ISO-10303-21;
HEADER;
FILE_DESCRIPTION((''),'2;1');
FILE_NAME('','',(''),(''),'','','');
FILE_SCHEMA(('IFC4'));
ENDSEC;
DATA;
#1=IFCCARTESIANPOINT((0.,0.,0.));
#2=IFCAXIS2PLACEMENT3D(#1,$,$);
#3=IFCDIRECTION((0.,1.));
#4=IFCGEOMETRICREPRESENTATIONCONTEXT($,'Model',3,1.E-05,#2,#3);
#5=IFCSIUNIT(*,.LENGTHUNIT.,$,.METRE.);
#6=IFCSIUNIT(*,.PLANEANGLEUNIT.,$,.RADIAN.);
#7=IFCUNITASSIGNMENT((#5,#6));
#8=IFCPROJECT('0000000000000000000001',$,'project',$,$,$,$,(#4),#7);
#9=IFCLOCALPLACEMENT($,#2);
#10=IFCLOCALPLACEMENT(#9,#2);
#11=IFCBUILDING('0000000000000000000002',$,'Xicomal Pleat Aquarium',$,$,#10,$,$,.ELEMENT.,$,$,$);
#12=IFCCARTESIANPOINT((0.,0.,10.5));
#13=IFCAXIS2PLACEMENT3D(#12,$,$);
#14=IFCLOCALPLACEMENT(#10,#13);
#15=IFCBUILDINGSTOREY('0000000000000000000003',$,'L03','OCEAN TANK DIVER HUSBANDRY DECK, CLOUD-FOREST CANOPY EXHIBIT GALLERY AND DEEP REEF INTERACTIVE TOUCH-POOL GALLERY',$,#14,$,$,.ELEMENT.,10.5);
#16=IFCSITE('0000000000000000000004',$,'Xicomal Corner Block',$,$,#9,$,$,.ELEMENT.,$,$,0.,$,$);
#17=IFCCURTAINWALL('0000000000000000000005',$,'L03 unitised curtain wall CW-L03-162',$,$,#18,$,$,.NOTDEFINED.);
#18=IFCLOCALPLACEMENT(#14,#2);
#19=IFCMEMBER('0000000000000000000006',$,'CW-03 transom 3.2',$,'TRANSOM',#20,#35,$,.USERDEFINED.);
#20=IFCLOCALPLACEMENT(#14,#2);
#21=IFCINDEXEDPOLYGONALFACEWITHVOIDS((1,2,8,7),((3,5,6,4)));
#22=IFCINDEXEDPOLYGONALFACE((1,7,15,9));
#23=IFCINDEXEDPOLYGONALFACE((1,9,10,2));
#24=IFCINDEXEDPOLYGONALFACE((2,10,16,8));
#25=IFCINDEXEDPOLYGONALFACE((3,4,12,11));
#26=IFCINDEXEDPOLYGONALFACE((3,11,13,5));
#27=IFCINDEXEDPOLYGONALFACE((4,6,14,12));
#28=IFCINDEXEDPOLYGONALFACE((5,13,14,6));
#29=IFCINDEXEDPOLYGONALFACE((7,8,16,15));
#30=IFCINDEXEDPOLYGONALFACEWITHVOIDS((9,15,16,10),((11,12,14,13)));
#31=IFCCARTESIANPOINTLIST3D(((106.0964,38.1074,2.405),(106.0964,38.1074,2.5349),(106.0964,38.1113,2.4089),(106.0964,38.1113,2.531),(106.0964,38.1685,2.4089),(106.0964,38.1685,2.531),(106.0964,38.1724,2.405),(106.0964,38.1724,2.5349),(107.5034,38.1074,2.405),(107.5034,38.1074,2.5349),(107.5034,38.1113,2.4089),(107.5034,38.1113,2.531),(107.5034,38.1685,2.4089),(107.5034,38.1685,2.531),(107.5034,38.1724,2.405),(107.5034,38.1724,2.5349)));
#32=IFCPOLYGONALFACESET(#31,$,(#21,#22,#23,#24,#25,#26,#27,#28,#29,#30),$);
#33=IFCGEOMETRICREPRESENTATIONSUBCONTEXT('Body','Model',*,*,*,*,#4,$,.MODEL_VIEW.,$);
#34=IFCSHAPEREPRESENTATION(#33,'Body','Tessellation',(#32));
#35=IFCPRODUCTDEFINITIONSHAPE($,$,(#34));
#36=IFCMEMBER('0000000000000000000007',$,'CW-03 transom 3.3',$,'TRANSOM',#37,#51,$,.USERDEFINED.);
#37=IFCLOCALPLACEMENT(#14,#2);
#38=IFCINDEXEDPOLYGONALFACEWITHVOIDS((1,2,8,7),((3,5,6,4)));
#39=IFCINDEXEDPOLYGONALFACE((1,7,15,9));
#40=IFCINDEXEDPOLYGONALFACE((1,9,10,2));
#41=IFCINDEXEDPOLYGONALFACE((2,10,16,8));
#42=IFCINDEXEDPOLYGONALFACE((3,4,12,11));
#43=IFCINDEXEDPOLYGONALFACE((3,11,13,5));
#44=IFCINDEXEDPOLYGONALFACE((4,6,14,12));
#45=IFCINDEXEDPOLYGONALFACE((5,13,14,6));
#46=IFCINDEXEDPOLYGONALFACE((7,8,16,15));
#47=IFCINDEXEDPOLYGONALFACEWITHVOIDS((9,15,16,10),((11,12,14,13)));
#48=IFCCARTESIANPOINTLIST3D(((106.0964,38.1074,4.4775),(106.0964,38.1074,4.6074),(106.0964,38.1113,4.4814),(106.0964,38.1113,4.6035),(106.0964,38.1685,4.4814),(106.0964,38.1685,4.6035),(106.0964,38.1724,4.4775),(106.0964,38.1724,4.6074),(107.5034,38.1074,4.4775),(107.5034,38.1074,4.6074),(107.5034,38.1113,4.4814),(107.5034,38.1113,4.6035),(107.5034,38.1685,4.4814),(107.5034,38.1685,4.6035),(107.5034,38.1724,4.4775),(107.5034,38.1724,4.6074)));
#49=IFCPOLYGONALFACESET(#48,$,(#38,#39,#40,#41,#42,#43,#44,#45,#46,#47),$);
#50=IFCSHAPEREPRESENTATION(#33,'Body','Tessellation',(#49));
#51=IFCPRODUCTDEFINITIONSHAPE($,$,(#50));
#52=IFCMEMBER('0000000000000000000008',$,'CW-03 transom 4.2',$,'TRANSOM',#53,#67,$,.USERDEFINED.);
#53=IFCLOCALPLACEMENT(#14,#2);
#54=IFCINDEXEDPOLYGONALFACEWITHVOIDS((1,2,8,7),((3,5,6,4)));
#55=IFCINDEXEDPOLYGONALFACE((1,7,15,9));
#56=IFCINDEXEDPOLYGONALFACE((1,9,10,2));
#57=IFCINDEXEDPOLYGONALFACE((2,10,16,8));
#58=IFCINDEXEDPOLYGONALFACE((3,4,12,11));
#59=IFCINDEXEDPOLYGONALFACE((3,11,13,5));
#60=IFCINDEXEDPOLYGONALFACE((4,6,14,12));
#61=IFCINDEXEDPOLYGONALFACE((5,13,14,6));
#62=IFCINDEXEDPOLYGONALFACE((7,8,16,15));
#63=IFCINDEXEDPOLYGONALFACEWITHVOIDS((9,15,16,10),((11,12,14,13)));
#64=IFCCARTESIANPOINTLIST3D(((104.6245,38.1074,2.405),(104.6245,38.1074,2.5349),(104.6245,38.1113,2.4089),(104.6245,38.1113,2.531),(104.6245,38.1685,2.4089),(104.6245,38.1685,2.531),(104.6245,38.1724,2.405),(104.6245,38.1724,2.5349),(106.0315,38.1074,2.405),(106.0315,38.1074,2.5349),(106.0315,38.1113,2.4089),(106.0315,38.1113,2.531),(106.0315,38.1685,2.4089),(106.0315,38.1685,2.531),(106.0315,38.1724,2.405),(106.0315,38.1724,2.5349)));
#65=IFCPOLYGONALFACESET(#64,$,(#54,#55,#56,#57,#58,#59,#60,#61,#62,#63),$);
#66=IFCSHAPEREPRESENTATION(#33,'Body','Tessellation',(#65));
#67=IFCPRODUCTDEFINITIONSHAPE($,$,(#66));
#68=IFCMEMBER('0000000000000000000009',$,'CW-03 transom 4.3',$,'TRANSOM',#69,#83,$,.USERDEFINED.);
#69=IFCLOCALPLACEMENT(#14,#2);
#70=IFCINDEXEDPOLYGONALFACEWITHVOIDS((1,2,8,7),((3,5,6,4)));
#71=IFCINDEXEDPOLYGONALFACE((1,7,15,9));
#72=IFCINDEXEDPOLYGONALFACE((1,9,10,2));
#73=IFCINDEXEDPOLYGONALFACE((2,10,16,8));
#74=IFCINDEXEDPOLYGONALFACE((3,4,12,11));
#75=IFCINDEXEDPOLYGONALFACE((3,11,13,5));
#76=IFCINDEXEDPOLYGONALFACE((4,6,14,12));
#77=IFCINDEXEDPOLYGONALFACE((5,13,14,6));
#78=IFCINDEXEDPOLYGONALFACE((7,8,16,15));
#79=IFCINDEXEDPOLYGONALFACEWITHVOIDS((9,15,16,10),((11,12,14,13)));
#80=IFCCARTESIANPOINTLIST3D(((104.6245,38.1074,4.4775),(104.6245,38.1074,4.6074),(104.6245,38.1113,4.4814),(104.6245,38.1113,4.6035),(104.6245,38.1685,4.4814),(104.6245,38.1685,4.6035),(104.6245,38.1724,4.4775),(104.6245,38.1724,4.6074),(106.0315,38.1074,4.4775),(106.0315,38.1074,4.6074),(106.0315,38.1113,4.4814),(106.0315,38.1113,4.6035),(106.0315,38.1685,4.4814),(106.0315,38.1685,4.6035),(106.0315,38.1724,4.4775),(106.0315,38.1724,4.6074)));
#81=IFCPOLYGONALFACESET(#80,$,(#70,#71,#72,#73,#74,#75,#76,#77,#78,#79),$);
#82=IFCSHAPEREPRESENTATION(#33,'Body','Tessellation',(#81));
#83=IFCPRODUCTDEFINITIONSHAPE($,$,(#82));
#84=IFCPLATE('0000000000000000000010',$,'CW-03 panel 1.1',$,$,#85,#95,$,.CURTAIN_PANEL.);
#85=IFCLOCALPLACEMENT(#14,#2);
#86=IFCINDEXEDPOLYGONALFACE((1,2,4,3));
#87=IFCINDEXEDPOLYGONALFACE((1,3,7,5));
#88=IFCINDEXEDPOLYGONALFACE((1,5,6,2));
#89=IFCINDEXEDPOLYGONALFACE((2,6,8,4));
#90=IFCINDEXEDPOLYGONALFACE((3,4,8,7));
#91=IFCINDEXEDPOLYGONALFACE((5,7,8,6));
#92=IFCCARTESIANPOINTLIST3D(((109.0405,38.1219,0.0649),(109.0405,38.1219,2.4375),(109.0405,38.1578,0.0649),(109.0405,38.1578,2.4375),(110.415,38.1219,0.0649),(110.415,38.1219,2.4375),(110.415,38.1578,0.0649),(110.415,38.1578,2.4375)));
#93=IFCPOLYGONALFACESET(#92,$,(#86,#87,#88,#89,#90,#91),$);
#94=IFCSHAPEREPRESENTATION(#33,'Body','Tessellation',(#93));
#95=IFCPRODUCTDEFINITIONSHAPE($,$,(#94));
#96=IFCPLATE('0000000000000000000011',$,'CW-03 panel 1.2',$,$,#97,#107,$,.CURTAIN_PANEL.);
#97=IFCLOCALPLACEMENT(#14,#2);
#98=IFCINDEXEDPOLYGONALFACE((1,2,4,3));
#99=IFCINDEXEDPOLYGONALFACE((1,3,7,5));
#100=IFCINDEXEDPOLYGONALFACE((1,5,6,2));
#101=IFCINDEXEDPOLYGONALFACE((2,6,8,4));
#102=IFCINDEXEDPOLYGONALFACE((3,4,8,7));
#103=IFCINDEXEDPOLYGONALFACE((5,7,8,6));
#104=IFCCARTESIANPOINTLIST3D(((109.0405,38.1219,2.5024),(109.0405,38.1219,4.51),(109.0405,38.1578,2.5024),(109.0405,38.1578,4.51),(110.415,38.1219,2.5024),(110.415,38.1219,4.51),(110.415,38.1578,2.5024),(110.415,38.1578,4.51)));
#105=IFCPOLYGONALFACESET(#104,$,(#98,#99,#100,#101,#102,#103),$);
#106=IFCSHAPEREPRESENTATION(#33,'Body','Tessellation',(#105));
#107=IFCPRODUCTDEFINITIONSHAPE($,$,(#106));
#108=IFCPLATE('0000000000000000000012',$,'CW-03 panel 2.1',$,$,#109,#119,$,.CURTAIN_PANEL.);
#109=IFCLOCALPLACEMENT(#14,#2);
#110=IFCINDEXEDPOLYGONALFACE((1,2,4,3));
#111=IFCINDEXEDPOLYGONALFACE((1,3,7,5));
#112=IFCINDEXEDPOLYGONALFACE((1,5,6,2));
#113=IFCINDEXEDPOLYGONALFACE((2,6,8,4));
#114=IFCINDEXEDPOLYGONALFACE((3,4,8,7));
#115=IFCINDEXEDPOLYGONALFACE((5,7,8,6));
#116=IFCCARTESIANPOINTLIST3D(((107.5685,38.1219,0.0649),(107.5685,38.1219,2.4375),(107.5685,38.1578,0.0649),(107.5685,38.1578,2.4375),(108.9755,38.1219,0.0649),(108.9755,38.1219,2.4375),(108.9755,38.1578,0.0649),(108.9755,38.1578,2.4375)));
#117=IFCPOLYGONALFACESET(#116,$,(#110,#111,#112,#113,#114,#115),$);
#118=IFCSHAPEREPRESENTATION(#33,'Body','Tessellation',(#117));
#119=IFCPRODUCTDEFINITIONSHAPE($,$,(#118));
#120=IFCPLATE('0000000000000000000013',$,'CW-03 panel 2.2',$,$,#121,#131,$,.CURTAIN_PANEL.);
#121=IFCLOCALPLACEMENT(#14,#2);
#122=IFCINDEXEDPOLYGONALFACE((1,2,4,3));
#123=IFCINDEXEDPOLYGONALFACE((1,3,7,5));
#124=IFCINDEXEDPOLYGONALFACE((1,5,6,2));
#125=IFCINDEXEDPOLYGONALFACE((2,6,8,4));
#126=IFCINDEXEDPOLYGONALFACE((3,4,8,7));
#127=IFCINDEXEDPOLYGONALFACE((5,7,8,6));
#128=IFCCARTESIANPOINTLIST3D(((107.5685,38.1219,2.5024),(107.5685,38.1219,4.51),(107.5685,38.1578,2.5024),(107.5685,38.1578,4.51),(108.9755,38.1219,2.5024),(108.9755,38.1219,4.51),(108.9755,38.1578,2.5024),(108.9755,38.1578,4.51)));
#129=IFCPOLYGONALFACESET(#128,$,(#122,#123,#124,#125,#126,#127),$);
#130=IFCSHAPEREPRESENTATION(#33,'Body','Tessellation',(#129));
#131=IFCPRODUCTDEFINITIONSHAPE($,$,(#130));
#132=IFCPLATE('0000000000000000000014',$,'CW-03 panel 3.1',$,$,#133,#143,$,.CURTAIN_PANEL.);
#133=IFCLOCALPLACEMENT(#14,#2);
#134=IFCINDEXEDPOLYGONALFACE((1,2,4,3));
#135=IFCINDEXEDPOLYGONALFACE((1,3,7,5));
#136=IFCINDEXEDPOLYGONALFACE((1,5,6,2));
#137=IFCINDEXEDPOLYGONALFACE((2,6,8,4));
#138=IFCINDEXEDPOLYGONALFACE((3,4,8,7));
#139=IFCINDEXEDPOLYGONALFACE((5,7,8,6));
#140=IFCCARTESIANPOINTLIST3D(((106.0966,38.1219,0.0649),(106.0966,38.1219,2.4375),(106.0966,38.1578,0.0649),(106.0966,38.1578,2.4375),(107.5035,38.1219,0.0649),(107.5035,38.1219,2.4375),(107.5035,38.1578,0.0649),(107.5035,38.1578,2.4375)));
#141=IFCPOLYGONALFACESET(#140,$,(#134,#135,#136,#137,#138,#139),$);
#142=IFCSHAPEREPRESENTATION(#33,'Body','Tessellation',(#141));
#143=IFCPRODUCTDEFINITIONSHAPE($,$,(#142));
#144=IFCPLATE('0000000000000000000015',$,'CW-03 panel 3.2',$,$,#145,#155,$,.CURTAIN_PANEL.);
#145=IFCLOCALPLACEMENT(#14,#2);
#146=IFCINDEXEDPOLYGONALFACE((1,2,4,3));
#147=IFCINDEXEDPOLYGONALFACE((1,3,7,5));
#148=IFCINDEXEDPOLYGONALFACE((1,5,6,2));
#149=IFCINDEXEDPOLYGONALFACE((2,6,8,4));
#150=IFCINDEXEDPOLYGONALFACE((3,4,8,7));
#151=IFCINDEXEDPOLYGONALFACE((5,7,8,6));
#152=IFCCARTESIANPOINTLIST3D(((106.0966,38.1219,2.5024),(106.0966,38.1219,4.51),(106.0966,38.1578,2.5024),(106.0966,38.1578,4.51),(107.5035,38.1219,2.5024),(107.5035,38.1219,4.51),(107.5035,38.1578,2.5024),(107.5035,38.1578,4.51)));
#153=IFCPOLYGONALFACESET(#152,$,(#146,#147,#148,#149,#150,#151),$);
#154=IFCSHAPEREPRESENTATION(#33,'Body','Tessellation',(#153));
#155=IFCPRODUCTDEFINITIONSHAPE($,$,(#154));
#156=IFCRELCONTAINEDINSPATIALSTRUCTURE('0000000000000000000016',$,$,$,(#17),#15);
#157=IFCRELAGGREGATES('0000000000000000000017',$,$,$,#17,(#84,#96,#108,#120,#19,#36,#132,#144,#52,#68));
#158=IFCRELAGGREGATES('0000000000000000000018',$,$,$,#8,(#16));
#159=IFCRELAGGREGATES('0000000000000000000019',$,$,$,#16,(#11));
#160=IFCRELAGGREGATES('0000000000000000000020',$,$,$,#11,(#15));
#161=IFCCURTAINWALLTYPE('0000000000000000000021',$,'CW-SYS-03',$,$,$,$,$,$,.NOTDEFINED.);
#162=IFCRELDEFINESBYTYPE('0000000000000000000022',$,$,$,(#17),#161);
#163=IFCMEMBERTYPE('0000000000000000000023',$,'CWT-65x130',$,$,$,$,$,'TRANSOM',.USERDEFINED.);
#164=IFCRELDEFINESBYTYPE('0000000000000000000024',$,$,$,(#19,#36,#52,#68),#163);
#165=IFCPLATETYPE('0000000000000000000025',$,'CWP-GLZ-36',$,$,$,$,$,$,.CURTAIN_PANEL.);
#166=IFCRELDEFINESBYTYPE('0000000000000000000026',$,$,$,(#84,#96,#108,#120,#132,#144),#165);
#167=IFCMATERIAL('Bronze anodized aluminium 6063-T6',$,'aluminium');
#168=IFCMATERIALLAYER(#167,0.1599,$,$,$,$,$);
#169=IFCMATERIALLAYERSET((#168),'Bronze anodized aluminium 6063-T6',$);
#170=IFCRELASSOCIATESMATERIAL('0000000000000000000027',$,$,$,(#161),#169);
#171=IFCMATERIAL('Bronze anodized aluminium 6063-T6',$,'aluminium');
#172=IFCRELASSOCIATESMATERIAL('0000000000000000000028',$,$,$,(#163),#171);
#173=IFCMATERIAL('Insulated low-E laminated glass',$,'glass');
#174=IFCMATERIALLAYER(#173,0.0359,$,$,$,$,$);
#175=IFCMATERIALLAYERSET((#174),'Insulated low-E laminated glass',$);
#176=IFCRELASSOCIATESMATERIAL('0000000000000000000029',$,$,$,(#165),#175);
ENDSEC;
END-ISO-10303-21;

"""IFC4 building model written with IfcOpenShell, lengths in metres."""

from ifc_helpers import new_model, si_unit, direction, frame, origin, origin_2d, place, context, subcontext, project, spatial, rectangle, hollow_rectangle, extrude, material, layer, layer_set, material_profile, profile_set, type_object, element, aggregate, save


model = new_model("IFC4")

# Units and contexts
model_context = context("Model", 3, precision=1e-05, world=origin(), true_north=direction((0.0, 1.0)))
body_context = subcontext(model_context, "Body", "Model", "MODEL_VIEW")
ifc_project = project(units=[si_unit("LENGTHUNIT", "METRE"), si_unit("PLANEANGLEUNIT", "RADIAN")], contexts=[model_context])

# Site, building, storey
site_placement = place(None, origin())
site = spatial("IfcSite", under=ifc_project, at=site_placement, Name="Xicomal Corner Block", CompositionType="ELEMENT", RefElevation=0.0)
building_placement = place(site_placement, origin())
building = spatial("IfcBuilding", under=site, at=building_placement, Name="Xicomal Pleat Aquarium", CompositionType="ELEMENT")
storey_placement = place(building_placement, frame((0.0, 0.0, 10.5)))
storey = spatial("IfcBuildingStorey", under=building, at=storey_placement, Name="L03", Description="OCEAN TANK DIVER HUSBANDRY DECK, CLOUD-FOREST CANOPY EXHIBIT GALLERY AND DEEP REEF INTERACTIVE TOUCH-POOL GALLERY", CompositionType="ELEMENT", Elevation=10.5)

# Curtain wall, members, plates
ifc_material_1 = material(Name="Bronze anodized aluminium 6063-T6", Category="aluminium")
ifc_layer_1 = layer(ifc_material_1, 0.1599)
ifc_layer_set_1 = layer_set([ifc_layer_1], Name="Bronze anodized aluminium 6063-T6")
curtain_wall_type = type_object("IfcCurtainWallType", Name="CW-SYS-03", PredefinedType="NOTDEFINED", material=ifc_layer_set_1)
curtain_wall_placement = place(storey_placement, origin())
curtain_wall = element("IfcCurtainWall", 1, at=curtain_wall_placement, inside=storey, type_object=curtain_wall_type, Name="L03 unitised curtain wall CW-L03-162", PredefinedType="NOTDEFINED")
ifc_material_2 = material(Name="Bronze anodized aluminium 6063-T6", Category="aluminium")
ifc_material_profile_1 = material_profile(ifc_material_2, hollow_rectangle(XDim=0.0649, YDim=0.1299, WallThickness=0.0039, at=origin_2d()), Name="ALU TRAN 65x130")
ifc_profile_set_1 = profile_set([ifc_material_profile_1], Name="Bronze anodized aluminium 6063-T6")
member_type_1 = type_object("IfcMemberType", Name="CWT-65x130", ElementType="TRANSOM", PredefinedType="USERDEFINED", material=ifc_profile_set_1)
member_1_placement = place(storey_placement, frame((107.5034, 38.1399, 2.47), z_axis=(-1.0, 0.0, 0.0), x_axis=(0.0, -1.0, 0.0)))
member_1 = element("IfcMember", 2, at=member_1_placement, type_object=member_type_1, Name="CW-03 transom 3.2", ObjectType="TRANSOM", PredefinedType="USERDEFINED", context=body_context, shape_type="SweptSolid", body=[
    extrude(hollow_rectangle(XDim=0.0649, YDim=0.1299, WallThickness=0.0039, at=origin_2d()), origin(), (0.0, 0.0, 1.0), 1.407),
])
member_2_placement = place(storey_placement, frame((107.5034, 38.1399, 4.5425), z_axis=(-1.0, 0.0, 0.0), x_axis=(0.0, -1.0, 0.0)))
member_2 = element("IfcMember", 3, at=member_2_placement, type_object=member_type_1, Name="CW-03 transom 3.3", ObjectType="TRANSOM", PredefinedType="USERDEFINED", context=body_context, shape_type="SweptSolid", body=[
    extrude(hollow_rectangle(XDim=0.0649, YDim=0.1299, WallThickness=0.0039, at=origin_2d()), origin(), (0.0, 0.0, 1.0), 1.407),
])
member_3_placement = place(storey_placement, frame((106.0315, 38.1399, 2.47), z_axis=(-1.0, 0.0, 0.0), x_axis=(0.0, -1.0, 0.0)))
member_3 = element("IfcMember", 4, at=member_3_placement, type_object=member_type_1, Name="CW-03 transom 4.2", ObjectType="TRANSOM", PredefinedType="USERDEFINED", context=body_context, shape_type="SweptSolid", body=[
    extrude(hollow_rectangle(XDim=0.0649, YDim=0.1299, WallThickness=0.0039, at=origin_2d()), origin(), (0.0, 0.0, 1.0), 1.407),
])
member_4_placement = place(storey_placement, frame((106.0315, 38.1399, 4.5425), z_axis=(-1.0, 0.0, 0.0), x_axis=(0.0, -1.0, 0.0)))
member_4 = element("IfcMember", 5, at=member_4_placement, type_object=member_type_1, Name="CW-03 transom 4.3", ObjectType="TRANSOM", PredefinedType="USERDEFINED", context=body_context, shape_type="SweptSolid", body=[
    extrude(hollow_rectangle(XDim=0.0649, YDim=0.1299, WallThickness=0.0039, at=origin_2d()), origin(), (0.0, 0.0, 1.0), 1.407),
])
ifc_material_3 = material(Name="Insulated low-E laminated glass", Category="glass")
ifc_layer_2 = layer(ifc_material_3, 0.0359)
ifc_layer_set_2 = layer_set([ifc_layer_2], Name="Insulated low-E laminated glass")
plate_type = type_object("IfcPlateType", Name="CWP-GLZ-36", PredefinedType="CURTAIN_PANEL", material=ifc_layer_set_2)
plate_1_placement = place(storey_placement, frame((109.7278, 38.1399, 0.0649), z_axis=(0.0, 0.0, 1.0), x_axis=(-1.0, 0.0, 0.0)))
plate_1 = element("IfcPlate", 6, at=plate_1_placement, type_object=plate_type, Name="CW-03 panel 1.1", PredefinedType="CURTAIN_PANEL", context=body_context, shape_type="SweptSolid", body=[
    extrude(rectangle(XDim=1.3745, YDim=0.0359, at=origin_2d()), origin(), (0.0, 0.0, 1.0), 2.3726),
])
plate_2_placement = place(storey_placement, frame((109.7278, 38.1399, 2.5024), z_axis=(0.0, 0.0, 1.0), x_axis=(-1.0, 0.0, 0.0)))
plate_2 = element("IfcPlate", 7, at=plate_2_placement, type_object=plate_type, Name="CW-03 panel 1.2", PredefinedType="CURTAIN_PANEL", context=body_context, shape_type="SweptSolid", body=[
    extrude(rectangle(XDim=1.3745, YDim=0.0359, at=origin_2d()), origin(), (0.0, 0.0, 1.0), 2.0076),
])
plate_3_placement = place(storey_placement, frame((108.272, 38.1399, 0.0649), z_axis=(0.0, 0.0, 1.0), x_axis=(-1.0, 0.0, 0.0)))
plate_3 = element("IfcPlate", 8, at=plate_3_placement, type_object=plate_type, Name="CW-03 panel 2.1", PredefinedType="CURTAIN_PANEL", context=body_context, shape_type="SweptSolid", body=[
    extrude(rectangle(XDim=1.407, YDim=0.0359, at=origin_2d()), origin(), (0.0, 0.0, 1.0), 2.3726),
])
plate_4_placement = place(storey_placement, frame((108.272, 38.1399, 2.5024), z_axis=(0.0, 0.0, 1.0), x_axis=(-1.0, 0.0, 0.0)))
plate_4 = element("IfcPlate", 9, at=plate_4_placement, type_object=plate_type, Name="CW-03 panel 2.2", PredefinedType="CURTAIN_PANEL", context=body_context, shape_type="SweptSolid", body=[
    extrude(rectangle(XDim=1.407, YDim=0.0359, at=origin_2d()), origin(), (0.0, 0.0, 1.0), 2.0076),
])
plate_5_placement = place(storey_placement, frame((106.8, 38.1399, 0.0649), z_axis=(0.0, 0.0, 1.0), x_axis=(-1.0, 0.0, 0.0)))
plate_5 = element("IfcPlate", 10, at=plate_5_placement, type_object=plate_type, Name="CW-03 panel 3.1", PredefinedType="CURTAIN_PANEL", context=body_context, shape_type="SweptSolid", body=[
    extrude(rectangle(XDim=1.407, YDim=0.0359, at=origin_2d()), origin(), (0.0, 0.0, 1.0), 2.3726),
])
plate_6_placement = place(storey_placement, frame((106.8, 38.1399, 2.5024), z_axis=(0.0, 0.0, 1.0), x_axis=(-1.0, 0.0, 0.0)))
plate_6 = element("IfcPlate", 11, at=plate_6_placement, type_object=plate_type, Name="CW-03 panel 3.2", PredefinedType="CURTAIN_PANEL", context=body_context, shape_type="SweptSolid", body=[
    extrude(rectangle(XDim=1.407, YDim=0.0359, at=origin_2d()), origin(), (0.0, 0.0, 1.0), 2.0076),
])
aggregate(curtain_wall, [plate_1, plate_2, plate_3, plate_4, member_1, member_2, plate_5, plate_6, member_3, member_4])

save(model, "model.ifc")
